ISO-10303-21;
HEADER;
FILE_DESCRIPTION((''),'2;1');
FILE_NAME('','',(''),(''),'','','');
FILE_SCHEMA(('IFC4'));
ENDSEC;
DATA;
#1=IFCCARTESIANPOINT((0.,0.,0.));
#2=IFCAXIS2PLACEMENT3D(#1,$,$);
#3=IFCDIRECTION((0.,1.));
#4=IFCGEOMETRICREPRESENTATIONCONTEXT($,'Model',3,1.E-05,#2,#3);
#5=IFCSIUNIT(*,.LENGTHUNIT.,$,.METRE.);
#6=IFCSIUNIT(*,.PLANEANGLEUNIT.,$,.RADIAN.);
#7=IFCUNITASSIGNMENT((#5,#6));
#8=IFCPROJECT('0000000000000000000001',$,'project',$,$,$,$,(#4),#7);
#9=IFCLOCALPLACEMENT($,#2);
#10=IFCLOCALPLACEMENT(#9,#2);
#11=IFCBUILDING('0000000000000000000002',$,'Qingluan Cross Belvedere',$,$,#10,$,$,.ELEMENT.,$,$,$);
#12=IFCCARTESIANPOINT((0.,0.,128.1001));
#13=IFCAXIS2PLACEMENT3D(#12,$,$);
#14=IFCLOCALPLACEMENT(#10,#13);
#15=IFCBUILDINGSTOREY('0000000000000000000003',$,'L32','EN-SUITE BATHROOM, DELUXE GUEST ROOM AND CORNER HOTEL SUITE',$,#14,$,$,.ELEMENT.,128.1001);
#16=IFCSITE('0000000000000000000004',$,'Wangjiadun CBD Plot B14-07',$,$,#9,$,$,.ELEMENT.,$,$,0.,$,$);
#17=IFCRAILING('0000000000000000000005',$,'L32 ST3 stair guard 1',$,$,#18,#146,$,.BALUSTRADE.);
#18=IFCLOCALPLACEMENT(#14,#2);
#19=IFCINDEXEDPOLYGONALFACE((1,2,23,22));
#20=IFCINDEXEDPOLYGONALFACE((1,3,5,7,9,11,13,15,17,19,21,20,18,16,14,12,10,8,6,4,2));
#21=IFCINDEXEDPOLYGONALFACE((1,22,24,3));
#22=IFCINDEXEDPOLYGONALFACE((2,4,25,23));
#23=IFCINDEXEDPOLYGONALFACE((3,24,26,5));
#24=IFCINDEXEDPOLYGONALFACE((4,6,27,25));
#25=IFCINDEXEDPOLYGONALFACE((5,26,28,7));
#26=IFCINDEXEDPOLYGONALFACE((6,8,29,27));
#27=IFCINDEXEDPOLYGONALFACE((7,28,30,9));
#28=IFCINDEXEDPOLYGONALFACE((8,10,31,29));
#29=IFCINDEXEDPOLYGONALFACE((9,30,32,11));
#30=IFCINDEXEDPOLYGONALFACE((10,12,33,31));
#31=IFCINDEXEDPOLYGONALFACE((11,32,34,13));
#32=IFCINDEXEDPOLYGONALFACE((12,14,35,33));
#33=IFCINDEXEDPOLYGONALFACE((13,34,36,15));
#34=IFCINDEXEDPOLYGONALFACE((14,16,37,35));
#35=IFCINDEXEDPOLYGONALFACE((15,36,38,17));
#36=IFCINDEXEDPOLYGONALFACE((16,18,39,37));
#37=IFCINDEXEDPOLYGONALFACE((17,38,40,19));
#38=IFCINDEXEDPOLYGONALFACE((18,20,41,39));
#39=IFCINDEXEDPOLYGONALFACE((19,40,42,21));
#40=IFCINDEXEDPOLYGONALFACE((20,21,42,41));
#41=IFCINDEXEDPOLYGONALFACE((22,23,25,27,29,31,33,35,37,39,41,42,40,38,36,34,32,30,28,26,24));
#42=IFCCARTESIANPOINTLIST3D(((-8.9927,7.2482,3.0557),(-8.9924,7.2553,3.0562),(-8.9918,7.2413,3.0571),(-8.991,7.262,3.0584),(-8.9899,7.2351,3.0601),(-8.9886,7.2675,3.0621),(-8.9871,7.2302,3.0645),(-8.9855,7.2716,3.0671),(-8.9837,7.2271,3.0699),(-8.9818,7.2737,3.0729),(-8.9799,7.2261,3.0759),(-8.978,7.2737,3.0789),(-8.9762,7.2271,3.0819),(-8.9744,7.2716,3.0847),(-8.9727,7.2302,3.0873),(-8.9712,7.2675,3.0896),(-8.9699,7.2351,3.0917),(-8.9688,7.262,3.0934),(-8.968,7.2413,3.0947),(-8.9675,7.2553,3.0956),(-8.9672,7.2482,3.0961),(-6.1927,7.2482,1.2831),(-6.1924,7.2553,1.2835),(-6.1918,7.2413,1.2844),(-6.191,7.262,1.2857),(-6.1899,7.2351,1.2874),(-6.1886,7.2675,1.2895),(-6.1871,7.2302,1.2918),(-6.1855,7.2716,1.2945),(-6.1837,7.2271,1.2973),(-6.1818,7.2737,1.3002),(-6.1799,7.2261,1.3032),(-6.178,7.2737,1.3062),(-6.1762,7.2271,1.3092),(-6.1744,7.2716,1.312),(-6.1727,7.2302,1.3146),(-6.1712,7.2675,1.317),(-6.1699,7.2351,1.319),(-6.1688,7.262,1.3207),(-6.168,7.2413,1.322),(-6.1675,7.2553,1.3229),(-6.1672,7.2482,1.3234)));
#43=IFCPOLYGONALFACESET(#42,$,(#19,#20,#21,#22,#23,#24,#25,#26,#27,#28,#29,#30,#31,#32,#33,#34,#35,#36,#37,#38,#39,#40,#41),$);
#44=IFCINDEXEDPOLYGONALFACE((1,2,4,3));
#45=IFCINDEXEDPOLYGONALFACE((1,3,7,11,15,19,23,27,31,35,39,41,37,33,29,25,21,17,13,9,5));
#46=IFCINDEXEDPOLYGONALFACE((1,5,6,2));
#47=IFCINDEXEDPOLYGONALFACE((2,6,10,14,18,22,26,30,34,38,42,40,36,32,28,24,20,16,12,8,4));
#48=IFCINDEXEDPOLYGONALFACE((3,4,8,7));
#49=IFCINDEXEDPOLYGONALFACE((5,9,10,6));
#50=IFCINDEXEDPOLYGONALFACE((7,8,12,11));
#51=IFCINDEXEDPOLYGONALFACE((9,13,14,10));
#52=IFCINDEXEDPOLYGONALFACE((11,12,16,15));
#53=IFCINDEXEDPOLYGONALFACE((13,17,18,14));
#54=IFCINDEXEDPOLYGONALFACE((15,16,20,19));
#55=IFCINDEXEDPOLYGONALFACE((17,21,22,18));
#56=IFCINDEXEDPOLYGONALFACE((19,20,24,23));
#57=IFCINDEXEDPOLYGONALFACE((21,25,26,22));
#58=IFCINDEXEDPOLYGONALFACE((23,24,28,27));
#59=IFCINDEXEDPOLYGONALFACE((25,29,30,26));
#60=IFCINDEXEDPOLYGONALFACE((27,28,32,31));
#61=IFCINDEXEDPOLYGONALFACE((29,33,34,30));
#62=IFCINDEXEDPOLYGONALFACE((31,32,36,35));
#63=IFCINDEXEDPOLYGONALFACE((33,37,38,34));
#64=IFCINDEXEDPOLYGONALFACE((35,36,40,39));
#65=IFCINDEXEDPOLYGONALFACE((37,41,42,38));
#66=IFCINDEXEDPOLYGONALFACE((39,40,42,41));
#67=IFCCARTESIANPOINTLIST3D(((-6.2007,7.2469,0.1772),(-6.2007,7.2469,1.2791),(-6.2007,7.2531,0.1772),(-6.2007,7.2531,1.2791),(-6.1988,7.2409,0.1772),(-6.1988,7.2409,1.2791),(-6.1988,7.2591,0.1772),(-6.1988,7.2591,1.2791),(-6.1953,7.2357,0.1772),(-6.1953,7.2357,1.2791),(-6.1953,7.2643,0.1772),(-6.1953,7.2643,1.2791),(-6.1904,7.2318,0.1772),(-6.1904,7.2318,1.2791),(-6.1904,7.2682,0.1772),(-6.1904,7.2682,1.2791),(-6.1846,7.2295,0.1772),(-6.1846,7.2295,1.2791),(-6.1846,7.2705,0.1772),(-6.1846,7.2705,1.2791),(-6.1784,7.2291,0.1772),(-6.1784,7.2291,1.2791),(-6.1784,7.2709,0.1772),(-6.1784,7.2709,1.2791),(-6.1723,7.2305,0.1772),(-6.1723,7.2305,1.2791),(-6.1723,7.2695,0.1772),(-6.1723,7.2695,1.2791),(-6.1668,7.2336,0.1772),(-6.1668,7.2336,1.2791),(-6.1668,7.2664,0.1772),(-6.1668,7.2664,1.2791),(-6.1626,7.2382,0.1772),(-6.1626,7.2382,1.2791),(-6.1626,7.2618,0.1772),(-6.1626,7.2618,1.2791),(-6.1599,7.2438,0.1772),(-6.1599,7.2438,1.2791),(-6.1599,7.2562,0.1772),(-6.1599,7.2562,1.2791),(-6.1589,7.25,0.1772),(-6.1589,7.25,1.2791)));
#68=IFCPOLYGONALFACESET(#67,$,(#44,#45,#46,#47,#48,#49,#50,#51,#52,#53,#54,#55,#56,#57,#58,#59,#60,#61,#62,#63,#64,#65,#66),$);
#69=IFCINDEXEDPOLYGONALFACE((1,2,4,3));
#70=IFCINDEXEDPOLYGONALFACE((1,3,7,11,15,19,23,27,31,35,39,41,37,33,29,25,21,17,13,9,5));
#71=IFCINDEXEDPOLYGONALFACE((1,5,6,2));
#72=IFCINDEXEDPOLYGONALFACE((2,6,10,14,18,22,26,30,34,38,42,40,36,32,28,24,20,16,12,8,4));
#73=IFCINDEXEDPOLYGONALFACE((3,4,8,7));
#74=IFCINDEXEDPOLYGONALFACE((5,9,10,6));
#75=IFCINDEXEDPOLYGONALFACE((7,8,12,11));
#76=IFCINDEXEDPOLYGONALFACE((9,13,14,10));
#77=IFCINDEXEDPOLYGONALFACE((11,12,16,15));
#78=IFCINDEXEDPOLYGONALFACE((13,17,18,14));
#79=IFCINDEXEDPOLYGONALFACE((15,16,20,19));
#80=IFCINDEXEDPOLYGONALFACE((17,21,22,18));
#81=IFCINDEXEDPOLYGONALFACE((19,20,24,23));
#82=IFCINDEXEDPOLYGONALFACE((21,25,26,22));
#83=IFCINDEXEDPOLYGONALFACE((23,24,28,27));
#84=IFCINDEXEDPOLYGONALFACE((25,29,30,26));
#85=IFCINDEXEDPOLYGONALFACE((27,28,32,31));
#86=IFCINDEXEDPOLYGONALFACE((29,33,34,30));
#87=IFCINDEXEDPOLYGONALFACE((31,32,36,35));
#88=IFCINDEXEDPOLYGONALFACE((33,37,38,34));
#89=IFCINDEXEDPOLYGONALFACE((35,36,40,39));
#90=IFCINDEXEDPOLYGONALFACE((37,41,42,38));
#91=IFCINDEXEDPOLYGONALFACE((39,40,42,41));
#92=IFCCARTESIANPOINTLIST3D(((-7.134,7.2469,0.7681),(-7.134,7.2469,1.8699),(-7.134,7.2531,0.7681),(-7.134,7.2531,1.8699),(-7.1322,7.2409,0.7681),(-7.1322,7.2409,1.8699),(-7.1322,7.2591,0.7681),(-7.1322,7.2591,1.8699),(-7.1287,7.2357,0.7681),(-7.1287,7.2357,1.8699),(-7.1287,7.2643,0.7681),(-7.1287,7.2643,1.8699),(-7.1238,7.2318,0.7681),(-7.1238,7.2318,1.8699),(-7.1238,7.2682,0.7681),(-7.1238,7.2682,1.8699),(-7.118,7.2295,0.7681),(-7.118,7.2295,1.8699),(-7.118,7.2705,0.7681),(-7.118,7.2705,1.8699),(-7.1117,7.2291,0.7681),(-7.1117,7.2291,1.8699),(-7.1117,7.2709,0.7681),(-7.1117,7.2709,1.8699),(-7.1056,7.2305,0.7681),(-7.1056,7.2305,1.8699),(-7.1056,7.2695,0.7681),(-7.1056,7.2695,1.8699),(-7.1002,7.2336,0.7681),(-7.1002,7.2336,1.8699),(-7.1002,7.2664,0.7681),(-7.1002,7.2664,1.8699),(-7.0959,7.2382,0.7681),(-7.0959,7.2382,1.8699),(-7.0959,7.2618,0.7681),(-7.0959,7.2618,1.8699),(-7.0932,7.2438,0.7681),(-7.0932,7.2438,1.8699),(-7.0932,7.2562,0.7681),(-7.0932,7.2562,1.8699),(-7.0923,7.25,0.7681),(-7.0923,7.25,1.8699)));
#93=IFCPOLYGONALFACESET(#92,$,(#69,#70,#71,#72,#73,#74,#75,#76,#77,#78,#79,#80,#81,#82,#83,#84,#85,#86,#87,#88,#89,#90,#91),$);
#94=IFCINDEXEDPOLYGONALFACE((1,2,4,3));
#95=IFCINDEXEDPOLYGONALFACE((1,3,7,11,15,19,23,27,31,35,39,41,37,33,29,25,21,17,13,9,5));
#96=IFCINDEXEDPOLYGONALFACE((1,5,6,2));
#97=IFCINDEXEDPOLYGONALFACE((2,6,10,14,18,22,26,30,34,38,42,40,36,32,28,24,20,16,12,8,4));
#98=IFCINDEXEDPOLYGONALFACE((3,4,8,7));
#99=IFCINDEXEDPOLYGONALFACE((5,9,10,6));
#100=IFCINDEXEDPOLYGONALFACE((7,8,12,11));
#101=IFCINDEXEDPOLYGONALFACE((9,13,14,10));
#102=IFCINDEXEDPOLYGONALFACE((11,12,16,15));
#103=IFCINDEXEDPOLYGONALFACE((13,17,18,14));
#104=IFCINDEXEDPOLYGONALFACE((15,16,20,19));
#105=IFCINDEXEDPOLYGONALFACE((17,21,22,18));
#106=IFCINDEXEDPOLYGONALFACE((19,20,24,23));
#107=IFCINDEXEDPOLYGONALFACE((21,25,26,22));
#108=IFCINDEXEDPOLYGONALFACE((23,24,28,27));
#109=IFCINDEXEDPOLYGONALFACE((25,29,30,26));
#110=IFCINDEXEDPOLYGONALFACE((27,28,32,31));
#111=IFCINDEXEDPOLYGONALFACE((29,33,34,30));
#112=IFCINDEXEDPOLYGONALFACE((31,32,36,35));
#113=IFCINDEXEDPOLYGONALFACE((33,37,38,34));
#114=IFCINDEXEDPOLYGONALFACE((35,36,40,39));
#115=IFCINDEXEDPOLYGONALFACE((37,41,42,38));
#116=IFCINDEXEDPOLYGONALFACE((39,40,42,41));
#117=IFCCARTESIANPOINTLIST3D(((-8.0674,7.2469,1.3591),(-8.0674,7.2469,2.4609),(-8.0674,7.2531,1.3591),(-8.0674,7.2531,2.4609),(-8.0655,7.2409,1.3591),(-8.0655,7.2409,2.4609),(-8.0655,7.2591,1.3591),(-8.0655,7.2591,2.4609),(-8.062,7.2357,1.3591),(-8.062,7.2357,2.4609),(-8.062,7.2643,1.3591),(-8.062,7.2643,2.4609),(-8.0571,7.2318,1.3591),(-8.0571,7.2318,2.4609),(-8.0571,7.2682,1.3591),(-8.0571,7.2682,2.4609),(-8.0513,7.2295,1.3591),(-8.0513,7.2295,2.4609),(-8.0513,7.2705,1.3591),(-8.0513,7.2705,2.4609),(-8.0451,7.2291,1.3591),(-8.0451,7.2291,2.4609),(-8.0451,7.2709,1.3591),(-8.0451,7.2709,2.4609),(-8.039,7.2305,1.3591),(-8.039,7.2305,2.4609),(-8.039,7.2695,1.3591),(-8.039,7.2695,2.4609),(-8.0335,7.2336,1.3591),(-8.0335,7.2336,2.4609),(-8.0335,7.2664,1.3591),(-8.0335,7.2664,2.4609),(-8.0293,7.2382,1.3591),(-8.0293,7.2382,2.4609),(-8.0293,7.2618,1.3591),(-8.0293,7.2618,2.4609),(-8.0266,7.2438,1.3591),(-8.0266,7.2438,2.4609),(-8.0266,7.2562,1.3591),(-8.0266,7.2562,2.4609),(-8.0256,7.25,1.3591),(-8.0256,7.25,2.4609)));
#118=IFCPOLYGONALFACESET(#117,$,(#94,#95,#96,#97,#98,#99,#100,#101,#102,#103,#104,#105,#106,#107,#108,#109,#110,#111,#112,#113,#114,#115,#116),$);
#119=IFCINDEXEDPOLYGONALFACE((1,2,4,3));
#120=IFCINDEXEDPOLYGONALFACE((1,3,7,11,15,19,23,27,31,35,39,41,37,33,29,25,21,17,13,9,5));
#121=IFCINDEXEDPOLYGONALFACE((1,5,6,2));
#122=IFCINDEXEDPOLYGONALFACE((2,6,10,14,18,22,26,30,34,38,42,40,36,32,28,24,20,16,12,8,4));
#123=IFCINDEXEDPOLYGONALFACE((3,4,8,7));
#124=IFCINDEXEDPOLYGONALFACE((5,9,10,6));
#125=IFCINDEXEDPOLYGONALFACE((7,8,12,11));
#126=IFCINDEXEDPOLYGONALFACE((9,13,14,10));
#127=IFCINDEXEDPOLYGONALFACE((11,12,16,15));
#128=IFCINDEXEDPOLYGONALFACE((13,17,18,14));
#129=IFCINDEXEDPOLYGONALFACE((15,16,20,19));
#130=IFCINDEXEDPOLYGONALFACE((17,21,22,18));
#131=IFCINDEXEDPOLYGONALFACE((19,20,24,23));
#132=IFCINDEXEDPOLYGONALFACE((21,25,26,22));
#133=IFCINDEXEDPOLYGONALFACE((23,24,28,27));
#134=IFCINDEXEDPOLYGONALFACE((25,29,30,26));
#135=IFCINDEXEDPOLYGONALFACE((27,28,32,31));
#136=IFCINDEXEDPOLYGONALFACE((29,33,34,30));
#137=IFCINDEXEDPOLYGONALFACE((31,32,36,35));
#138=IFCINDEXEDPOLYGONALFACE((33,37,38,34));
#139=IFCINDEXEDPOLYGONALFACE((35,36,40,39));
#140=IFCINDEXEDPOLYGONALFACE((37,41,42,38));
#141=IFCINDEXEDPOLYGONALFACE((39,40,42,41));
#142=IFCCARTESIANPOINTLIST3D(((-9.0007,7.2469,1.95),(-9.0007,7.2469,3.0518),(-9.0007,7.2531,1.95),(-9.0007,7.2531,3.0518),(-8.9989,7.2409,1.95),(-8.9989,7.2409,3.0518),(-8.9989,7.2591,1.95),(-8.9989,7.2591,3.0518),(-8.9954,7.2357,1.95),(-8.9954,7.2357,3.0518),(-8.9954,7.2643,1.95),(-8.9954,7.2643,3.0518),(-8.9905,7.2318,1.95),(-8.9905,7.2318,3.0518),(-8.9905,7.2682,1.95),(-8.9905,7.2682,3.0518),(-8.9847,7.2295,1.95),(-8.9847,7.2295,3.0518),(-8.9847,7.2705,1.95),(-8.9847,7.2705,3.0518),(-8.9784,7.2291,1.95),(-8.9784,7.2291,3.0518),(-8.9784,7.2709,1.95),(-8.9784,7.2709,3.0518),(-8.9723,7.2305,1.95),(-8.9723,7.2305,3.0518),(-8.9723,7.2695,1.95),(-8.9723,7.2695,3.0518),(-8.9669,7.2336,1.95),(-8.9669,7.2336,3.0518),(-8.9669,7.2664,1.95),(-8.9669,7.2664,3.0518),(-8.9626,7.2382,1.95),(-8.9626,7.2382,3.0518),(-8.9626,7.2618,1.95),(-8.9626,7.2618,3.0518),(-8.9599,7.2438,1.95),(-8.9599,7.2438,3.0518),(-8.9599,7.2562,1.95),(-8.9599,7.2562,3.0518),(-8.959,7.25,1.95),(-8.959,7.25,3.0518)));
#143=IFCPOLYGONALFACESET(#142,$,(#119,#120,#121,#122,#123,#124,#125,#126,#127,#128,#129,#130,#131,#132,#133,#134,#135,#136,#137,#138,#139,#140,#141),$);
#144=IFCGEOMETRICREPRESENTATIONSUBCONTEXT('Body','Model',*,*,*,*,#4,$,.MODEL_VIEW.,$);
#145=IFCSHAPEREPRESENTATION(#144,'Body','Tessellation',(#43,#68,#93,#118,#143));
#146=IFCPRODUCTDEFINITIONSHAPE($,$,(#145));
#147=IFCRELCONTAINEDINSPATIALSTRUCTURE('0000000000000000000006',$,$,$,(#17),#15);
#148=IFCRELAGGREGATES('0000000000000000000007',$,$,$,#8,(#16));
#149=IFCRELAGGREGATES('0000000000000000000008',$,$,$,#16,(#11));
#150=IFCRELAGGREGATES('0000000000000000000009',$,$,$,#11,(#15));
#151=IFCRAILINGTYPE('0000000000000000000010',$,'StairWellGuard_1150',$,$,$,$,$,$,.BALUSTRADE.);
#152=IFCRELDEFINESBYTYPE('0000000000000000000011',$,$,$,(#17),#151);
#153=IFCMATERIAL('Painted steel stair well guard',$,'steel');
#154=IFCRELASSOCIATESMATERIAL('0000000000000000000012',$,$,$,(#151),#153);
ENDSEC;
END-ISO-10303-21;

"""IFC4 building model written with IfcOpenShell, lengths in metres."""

from ifc_helpers import new_model, si_unit, direction, frame, origin, origin_2d, place, context, subcontext, project, spatial, circle, extrude, material, type_object, element, save


model = new_model("IFC4")

# Units and contexts
model_context = context("Model", 3, precision=1e-05, world=origin(), true_north=direction((0.0, 1.0)))
body_context = subcontext(model_context, "Body", "Model", "MODEL_VIEW")
ifc_project = project(units=[si_unit("LENGTHUNIT", "METRE"), si_unit("PLANEANGLEUNIT", "RADIAN")], contexts=[model_context])

# Site, building, storey
site_placement = place(None, origin())
site = spatial("IfcSite", under=ifc_project, at=site_placement, Name="Wangjiadun CBD Plot B14-07", CompositionType="ELEMENT", RefElevation=0.0)
building_placement = place(site_placement, origin())
building = spatial("IfcBuilding", under=site, at=building_placement, Name="Qingluan Cross Belvedere", CompositionType="ELEMENT")
storey_placement = place(building_placement, frame((0.0, 0.0, 128.1001)))
storey = spatial("IfcBuildingStorey", under=building, at=storey_placement, Name="L32", Description="EN-SUITE BATHROOM, DELUXE GUEST ROOM AND CORNER HOTEL SUITE", CompositionType="ELEMENT", Elevation=128.1001)

# Railing
ifc_material_1 = material(Name="Painted steel stair well guard", Category="steel")
railing_type_1 = type_object("IfcRailingType", Name="StairWellGuard_1150", PredefinedType="BALUSTRADE", material=ifc_material_1)
railing_1_placement = place(storey_placement, frame((-6.1799, 7.25, 0.1772)))
element("IfcRailing", 1, at=railing_1_placement, inside=storey, type_object=railing_type_1, Name="L32 ST3 stair guard 1", PredefinedType="BALUSTRADE", context=body_context, shape_type="SweptSolid", body=[
    extrude(circle(Radius=0.0239, at=origin_2d()), frame((0.0, 0.0, 1.126), z_axis=(-0.844909, 0.0, 0.53491), x_axis=(0.0, -1.0, 0.0)), (0.0, 0.0, 1.0), 3.314),
    extrude(circle(Radius=0.021, at=origin_2d()), origin(), (0.0, 0.0, 1.0), 1.1018),
    extrude(circle(Radius=0.021, at=origin_2d()), frame((-0.9333, 0.0, 0.5908)), (0.0, 0.0, 1.0), 1.1018),
    extrude(circle(Radius=0.021, at=origin_2d()), frame((-1.8667, 0.0, 1.1819)), (0.0, 0.0, 1.0), 1.1018),
    extrude(circle(Radius=0.021, at=origin_2d()), frame((-2.8, 0.0, 1.7727)), (0.0, 0.0, 1.0), 1.1018),
])

save(model, "model.ifc")
